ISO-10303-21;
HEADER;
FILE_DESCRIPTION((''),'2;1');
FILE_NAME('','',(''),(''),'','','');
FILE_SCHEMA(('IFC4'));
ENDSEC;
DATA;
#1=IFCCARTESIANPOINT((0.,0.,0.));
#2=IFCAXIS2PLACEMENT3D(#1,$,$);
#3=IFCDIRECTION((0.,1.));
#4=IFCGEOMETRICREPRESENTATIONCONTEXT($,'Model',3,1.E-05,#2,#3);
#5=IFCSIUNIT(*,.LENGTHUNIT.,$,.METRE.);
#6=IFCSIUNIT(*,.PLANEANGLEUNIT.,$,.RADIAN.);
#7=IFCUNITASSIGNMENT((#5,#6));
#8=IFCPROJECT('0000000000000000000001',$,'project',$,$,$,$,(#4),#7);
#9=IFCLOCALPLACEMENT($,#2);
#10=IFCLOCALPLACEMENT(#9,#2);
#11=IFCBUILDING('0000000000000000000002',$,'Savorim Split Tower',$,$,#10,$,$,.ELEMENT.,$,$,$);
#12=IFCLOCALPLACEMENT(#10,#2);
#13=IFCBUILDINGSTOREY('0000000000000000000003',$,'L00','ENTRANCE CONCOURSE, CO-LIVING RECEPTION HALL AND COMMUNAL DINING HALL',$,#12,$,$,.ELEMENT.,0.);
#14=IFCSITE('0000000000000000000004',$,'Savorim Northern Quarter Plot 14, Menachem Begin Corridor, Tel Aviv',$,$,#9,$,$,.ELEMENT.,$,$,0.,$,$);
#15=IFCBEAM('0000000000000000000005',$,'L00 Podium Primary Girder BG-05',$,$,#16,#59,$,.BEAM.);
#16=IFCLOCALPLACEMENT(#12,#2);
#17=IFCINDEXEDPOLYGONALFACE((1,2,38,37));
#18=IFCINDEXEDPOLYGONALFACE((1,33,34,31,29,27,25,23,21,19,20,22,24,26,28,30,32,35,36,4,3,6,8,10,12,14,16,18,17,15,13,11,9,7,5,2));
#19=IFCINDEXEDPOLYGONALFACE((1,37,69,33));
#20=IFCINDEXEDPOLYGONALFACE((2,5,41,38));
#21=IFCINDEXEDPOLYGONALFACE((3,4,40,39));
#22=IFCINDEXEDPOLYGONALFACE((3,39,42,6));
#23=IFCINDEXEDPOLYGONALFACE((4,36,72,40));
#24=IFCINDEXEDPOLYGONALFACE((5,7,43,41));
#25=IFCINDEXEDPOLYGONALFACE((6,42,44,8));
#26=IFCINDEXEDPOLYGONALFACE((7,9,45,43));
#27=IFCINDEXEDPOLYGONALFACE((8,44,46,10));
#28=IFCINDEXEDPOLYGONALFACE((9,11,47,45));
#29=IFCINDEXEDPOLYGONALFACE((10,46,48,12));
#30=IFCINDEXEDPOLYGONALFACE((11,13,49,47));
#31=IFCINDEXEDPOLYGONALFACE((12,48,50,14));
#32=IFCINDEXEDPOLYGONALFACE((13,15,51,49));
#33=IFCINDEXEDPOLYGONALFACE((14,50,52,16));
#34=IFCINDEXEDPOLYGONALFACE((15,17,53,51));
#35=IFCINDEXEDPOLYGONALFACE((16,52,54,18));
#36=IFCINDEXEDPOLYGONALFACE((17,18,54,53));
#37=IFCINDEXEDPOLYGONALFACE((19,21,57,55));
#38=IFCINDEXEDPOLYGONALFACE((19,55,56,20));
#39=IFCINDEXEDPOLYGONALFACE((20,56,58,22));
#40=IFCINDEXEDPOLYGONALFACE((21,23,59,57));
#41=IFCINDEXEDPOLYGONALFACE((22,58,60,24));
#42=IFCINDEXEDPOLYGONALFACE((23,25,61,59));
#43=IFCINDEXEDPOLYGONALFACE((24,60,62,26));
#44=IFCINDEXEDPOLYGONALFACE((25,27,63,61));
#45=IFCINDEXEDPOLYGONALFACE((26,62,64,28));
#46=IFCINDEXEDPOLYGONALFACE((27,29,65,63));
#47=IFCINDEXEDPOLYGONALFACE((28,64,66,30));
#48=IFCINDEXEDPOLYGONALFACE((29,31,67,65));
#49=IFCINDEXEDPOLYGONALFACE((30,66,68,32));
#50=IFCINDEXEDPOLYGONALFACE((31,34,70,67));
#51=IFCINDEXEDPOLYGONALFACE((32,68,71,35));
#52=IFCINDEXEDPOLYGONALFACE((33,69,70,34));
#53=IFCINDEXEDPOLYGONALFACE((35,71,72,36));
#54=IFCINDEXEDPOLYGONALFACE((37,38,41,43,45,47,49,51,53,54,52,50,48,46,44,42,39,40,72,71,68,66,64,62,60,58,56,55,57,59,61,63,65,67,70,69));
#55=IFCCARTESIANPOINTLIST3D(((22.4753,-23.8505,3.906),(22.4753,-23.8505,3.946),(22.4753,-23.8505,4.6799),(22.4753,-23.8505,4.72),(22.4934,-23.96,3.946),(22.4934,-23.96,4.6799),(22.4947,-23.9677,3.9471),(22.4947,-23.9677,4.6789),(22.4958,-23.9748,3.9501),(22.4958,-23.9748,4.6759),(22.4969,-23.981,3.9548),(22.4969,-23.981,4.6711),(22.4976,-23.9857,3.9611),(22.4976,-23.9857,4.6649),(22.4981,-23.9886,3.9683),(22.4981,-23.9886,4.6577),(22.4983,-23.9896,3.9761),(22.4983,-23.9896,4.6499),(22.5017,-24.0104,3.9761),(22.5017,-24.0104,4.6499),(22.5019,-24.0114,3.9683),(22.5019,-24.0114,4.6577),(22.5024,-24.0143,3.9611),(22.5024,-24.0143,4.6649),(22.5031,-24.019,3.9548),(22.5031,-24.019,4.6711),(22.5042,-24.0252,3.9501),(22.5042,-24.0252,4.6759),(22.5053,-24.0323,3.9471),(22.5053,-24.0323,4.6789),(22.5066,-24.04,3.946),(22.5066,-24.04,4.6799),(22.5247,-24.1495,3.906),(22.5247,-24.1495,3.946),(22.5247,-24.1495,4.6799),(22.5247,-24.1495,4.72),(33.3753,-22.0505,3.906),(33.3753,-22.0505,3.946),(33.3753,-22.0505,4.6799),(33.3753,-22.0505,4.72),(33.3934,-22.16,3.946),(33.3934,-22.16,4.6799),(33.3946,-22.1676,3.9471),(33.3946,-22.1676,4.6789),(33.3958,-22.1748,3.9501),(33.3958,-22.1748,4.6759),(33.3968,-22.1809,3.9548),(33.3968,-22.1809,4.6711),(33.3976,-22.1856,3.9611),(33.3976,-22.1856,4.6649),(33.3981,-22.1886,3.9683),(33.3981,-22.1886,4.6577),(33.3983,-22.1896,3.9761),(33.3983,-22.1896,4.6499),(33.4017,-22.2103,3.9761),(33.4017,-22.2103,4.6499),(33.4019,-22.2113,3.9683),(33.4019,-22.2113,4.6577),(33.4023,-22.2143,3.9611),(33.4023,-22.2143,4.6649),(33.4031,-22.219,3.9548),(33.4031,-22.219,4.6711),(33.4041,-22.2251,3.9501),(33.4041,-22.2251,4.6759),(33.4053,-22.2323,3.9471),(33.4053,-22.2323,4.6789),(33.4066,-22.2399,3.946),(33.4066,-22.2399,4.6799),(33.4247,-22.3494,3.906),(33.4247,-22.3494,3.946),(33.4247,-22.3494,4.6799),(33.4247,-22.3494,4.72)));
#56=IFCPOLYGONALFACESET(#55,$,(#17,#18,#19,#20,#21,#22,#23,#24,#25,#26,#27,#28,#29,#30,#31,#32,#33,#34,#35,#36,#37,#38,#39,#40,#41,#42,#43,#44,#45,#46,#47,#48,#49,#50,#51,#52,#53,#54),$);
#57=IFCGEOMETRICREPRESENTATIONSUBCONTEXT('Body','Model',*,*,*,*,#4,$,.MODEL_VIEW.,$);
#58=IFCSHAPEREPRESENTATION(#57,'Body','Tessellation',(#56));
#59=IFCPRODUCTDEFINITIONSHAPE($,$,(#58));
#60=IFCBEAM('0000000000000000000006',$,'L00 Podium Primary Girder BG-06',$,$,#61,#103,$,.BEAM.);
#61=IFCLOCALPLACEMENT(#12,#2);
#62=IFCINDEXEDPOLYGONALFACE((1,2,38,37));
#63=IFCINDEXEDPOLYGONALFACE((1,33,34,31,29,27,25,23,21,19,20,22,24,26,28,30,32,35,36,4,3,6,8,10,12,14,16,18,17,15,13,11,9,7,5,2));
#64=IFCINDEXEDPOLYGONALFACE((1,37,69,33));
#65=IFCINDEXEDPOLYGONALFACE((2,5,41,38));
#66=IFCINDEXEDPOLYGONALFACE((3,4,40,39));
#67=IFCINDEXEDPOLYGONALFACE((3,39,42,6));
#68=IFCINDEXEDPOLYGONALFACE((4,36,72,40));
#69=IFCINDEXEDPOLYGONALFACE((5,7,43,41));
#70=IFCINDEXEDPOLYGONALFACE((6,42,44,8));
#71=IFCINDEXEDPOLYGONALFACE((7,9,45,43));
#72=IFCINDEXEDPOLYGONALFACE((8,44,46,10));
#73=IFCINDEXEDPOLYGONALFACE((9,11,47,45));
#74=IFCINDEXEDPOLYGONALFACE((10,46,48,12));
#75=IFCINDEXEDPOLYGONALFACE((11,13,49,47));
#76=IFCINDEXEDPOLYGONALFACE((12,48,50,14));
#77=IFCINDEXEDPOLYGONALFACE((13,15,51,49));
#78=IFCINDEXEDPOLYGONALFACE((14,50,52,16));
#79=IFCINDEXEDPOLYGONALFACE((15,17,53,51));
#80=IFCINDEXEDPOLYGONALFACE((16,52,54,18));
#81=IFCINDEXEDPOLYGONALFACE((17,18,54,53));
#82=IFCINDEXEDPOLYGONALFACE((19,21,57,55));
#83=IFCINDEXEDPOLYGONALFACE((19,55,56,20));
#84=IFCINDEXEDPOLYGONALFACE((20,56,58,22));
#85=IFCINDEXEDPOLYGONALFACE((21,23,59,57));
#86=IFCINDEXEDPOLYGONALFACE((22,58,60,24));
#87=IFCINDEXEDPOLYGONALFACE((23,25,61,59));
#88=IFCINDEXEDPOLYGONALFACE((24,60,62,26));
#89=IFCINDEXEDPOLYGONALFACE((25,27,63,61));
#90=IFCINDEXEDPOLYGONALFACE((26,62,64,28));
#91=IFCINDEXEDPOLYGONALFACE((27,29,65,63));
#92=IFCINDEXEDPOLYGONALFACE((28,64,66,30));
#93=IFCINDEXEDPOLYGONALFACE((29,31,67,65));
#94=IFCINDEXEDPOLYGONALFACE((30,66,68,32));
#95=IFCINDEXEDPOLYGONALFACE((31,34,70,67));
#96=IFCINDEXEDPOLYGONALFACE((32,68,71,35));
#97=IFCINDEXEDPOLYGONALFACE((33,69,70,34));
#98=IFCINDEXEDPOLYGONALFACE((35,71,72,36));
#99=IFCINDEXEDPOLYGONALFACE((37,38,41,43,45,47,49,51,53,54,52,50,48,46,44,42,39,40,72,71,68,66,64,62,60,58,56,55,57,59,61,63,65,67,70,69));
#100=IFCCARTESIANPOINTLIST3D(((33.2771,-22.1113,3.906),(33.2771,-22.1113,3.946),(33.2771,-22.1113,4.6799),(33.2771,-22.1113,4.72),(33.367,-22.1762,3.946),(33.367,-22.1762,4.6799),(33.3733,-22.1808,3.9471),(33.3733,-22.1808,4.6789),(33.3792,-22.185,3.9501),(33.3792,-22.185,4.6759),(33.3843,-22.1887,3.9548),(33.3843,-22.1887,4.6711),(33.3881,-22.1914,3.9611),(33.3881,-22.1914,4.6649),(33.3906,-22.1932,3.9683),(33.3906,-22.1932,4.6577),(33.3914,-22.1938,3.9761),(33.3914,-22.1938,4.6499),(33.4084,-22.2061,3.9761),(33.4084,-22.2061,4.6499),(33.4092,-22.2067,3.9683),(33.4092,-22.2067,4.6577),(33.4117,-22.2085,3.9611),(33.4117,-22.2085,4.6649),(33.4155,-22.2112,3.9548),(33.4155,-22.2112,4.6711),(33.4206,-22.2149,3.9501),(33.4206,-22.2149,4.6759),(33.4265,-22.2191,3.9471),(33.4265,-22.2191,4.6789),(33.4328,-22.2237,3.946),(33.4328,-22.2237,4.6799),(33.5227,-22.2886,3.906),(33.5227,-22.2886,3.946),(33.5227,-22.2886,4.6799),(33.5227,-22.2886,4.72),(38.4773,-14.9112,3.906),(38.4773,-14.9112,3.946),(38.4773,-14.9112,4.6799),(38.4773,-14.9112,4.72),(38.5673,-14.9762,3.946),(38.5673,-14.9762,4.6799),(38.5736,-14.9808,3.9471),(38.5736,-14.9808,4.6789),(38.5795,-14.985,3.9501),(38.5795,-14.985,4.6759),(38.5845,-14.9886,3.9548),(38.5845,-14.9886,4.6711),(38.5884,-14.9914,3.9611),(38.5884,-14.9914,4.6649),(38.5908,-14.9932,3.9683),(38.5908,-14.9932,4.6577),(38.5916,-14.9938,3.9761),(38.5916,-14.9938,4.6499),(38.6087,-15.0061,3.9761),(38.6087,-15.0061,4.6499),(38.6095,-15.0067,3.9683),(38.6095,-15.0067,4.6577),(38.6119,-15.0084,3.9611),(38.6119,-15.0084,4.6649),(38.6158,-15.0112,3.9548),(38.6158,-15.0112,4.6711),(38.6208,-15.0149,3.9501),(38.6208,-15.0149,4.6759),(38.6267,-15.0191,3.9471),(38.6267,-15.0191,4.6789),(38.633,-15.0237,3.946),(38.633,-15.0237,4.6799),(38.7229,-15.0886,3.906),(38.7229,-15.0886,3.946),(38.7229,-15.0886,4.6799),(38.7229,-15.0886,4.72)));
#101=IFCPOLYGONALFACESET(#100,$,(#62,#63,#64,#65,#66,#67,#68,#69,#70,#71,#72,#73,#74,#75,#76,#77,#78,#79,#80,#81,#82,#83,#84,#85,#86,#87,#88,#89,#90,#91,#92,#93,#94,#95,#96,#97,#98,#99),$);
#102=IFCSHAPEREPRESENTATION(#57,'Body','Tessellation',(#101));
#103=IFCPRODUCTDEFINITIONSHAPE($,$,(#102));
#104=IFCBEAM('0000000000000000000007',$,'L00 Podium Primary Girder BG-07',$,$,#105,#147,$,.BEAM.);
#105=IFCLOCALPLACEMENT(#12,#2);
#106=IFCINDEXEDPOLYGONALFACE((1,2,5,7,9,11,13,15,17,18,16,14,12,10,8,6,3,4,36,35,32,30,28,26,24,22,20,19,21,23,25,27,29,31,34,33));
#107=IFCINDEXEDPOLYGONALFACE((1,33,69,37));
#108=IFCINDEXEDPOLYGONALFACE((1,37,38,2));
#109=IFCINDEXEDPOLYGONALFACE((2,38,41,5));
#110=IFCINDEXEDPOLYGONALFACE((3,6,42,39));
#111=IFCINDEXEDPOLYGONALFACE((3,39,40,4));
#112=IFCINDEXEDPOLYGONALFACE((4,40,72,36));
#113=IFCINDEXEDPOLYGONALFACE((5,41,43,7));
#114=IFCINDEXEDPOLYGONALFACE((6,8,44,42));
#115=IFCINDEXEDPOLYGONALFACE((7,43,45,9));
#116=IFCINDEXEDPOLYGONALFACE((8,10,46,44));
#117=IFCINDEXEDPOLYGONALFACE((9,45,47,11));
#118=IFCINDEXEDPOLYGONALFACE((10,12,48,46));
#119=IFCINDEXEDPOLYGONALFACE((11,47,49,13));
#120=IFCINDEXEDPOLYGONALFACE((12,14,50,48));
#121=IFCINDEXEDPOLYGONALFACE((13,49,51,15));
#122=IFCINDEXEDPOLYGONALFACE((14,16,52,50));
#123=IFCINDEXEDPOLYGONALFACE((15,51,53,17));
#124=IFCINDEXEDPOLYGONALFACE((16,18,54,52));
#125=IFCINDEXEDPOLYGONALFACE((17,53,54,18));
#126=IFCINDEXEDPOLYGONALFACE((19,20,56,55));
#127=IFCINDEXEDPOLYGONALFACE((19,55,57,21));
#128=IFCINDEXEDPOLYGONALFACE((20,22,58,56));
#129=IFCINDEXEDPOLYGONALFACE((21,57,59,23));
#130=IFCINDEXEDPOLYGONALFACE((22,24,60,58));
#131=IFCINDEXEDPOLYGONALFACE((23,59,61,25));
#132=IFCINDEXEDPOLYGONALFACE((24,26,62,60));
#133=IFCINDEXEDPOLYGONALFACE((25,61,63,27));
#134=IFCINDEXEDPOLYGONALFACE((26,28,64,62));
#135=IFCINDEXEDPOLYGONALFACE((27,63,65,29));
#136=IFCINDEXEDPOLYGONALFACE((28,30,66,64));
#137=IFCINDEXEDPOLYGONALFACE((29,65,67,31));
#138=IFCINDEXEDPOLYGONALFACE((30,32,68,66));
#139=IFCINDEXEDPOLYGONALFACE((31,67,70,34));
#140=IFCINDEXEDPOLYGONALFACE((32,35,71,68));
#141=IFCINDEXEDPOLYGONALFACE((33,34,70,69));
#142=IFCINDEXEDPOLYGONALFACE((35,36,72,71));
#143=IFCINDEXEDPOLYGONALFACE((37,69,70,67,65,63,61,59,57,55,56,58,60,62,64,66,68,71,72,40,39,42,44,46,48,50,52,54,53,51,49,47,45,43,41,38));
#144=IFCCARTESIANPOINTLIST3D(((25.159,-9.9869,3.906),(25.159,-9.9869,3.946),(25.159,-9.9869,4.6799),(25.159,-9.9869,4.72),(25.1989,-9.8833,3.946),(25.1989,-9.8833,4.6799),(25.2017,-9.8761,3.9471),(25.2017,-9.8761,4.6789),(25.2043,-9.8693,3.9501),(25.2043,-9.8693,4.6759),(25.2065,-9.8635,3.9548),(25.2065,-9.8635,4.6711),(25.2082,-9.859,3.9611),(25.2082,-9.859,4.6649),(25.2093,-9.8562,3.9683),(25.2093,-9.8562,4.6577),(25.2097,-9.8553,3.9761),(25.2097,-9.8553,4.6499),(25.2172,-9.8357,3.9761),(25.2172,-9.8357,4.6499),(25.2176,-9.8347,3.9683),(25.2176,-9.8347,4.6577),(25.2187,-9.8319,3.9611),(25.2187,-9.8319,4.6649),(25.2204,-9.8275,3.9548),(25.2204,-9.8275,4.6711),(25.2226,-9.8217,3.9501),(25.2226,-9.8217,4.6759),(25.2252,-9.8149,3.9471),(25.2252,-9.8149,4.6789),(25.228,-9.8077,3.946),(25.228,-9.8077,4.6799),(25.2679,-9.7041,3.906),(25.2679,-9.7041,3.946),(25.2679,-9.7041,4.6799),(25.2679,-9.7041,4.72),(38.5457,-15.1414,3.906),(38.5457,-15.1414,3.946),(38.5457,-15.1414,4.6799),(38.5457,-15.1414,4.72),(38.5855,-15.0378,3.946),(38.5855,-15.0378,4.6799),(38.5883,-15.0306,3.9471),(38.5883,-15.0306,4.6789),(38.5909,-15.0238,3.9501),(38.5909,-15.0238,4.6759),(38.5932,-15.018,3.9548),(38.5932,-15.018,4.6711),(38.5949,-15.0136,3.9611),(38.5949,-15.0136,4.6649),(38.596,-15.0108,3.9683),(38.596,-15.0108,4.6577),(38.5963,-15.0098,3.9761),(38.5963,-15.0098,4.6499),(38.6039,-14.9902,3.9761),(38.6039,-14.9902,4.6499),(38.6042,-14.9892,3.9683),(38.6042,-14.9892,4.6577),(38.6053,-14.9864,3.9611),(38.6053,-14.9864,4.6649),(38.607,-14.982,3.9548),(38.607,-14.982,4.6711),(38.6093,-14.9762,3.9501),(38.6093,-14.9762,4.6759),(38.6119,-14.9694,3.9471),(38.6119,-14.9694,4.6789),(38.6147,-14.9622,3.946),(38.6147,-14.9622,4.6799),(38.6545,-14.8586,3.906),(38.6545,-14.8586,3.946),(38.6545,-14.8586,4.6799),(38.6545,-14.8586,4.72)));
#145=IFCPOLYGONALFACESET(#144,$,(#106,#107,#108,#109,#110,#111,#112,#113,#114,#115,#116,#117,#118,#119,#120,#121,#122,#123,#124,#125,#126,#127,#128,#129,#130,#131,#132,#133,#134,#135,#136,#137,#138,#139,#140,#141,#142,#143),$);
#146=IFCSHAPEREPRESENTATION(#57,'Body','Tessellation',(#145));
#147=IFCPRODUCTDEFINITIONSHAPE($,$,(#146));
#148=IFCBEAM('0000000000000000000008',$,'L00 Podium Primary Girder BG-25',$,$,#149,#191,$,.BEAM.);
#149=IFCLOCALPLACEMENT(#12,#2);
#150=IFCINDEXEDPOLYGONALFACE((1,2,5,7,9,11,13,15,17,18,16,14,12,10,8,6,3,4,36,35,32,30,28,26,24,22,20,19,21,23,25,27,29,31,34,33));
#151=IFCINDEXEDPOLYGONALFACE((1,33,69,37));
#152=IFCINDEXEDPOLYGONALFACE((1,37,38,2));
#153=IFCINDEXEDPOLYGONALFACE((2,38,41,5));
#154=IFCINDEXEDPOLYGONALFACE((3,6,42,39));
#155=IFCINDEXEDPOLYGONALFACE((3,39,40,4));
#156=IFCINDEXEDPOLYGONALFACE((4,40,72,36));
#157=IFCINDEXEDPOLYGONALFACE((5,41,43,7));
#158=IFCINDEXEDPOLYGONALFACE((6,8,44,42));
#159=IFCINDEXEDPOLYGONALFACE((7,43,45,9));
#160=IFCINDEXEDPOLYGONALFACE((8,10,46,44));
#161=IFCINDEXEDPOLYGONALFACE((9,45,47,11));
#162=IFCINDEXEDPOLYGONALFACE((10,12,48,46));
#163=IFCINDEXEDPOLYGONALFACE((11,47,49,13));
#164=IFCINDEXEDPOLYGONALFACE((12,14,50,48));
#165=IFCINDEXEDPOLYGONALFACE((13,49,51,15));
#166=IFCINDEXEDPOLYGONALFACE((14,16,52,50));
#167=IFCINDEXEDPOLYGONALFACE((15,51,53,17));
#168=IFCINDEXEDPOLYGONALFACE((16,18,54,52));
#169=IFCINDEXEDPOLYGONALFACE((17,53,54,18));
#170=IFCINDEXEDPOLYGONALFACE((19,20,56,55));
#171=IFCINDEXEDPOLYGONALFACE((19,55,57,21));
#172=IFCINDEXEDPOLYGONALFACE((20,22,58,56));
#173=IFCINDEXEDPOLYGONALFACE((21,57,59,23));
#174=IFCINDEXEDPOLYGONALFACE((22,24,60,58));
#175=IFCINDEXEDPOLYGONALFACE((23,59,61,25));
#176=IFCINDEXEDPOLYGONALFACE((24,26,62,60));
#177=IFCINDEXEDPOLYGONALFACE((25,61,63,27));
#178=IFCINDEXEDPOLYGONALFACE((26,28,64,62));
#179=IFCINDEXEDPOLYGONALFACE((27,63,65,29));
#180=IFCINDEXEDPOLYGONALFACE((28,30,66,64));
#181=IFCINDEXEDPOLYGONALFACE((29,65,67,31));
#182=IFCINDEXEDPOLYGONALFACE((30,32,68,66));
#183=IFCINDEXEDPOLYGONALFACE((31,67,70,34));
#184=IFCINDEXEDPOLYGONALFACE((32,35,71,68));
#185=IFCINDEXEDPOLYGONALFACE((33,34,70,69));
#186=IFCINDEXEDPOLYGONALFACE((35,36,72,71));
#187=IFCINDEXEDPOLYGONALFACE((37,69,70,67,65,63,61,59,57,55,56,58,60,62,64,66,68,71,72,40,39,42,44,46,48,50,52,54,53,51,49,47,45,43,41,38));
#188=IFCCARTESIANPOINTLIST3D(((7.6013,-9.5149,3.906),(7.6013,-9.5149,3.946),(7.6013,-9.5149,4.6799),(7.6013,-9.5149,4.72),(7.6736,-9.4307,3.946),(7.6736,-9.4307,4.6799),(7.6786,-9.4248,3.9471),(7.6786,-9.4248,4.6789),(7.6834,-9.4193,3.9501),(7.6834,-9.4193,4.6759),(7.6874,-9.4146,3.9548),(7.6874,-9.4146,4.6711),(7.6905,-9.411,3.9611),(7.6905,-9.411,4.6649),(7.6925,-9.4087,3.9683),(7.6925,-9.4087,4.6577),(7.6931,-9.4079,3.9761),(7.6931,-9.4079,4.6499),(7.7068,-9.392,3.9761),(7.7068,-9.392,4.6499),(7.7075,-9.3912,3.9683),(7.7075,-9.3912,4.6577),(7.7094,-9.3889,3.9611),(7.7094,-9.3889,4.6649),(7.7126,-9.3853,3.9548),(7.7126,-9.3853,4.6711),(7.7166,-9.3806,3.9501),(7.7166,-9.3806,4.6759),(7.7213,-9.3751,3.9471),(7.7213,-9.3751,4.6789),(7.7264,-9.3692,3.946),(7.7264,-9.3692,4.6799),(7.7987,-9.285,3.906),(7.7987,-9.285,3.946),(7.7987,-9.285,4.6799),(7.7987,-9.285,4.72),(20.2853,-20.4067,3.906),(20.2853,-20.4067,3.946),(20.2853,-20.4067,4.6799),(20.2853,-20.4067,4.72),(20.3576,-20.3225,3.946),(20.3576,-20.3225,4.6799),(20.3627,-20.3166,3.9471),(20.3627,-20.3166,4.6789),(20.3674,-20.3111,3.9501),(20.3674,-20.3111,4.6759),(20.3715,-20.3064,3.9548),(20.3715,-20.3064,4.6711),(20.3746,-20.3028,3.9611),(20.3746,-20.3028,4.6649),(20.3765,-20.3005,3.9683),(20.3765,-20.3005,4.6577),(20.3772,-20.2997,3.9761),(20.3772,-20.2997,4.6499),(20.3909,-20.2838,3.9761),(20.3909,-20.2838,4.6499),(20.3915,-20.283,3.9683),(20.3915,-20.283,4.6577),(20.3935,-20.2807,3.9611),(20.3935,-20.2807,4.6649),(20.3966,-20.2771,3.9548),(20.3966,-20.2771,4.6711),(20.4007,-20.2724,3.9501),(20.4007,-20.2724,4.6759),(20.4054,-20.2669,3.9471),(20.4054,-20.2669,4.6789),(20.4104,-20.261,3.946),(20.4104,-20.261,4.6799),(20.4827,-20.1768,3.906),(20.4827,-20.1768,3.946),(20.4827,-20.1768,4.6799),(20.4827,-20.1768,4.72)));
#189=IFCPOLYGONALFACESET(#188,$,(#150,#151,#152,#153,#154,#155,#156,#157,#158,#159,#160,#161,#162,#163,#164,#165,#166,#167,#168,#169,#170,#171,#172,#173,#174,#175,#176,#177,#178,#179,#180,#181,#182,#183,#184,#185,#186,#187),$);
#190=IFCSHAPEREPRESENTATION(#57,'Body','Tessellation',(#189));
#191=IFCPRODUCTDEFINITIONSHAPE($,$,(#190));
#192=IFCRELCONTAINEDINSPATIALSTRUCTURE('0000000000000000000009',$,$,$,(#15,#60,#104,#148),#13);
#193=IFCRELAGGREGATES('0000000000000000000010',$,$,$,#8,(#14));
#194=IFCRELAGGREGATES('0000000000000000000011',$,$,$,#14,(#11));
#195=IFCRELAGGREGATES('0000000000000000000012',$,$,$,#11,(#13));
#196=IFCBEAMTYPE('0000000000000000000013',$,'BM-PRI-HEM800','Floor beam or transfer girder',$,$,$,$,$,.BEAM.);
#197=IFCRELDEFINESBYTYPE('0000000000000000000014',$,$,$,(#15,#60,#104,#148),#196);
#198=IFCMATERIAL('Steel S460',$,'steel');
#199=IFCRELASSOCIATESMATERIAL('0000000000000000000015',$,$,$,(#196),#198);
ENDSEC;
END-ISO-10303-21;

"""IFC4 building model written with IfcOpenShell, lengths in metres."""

from ifc_helpers import new_model, si_unit, direction, frame, origin, origin_2d, place, context, subcontext, project, spatial, i_section, extrude, material, material_profile, profile_set, type_object, element, save


model = new_model("IFC4")

# Units and contexts
model_context = context("Model", 3, precision=1e-05, world=origin(), true_north=direction((0.0, 1.0)))
body_context = subcontext(model_context, "Body", "Model", "MODEL_VIEW")
ifc_project = project(units=[si_unit("LENGTHUNIT", "METRE"), si_unit("PLANEANGLEUNIT", "RADIAN")], contexts=[model_context])

# Site, building, storey
site_placement = place(None, origin())
site = spatial("IfcSite", under=ifc_project, at=site_placement, Name="Savorim Northern Quarter Plot 14, Menachem Begin Corridor, Tel Aviv", CompositionType="ELEMENT", RefElevation=0.0)
building_placement = place(site_placement, origin())
building = spatial("IfcBuilding", under=site, at=building_placement, Name="Savorim Split Tower", CompositionType="ELEMENT")
storey_placement = place(building_placement, origin())
storey = spatial("IfcBuildingStorey", under=building, at=storey_placement, Name="L00", Description="ENTRANCE CONCOURSE, CO-LIVING RECEPTION HALL AND COMMUNAL DINING HALL", CompositionType="ELEMENT", Elevation=0.0)

# Beams
ifc_material_1 = material(Name="Steel S460", Category="steel")
ifc_material_profile_1 = material_profile(ifc_material_1, i_section(OverallWidth=0.303, OverallDepth=0.814, WebThickness=0.021, FlangeThickness=0.04, FilletRadius=0.03, at=origin_2d()), Name="HE 800 M")
ifc_profile_set_1 = profile_set([ifc_material_profile_1], Name="Steel S460")
beam_type_1 = type_object("IfcBeamType", Name="BM-PRI-HEM800", Description="Floor beam or transfer girder", PredefinedType="BEAM", material=ifc_profile_set_1)
beam_1_placement = place(storey_placement, frame((22.5, -24.0, 4.313), z_axis=(0.986637, 0.162937, 0.0), x_axis=(-0.162937, 0.986637, 0.0)))
element("IfcBeam", 1, at=beam_1_placement, inside=storey, type_object=beam_type_1, Name="L00 Podium Primary Girder BG-05", PredefinedType="BEAM", context=body_context, shape_type="SweptSolid", body=[
    extrude(i_section(OverallWidth=0.303, OverallDepth=0.814, WebThickness=0.021, FlangeThickness=0.04, FilletRadius=0.03, at=origin_2d()), origin(), (0.0, 0.0, 1.0), 11.0476),
])
beam_2_placement = place(storey_placement, frame((33.3999, -22.2, 4.313), z_axis=(0.585508, 0.810667, 0.0), x_axis=(-0.810667, 0.585508, 0.0)))
element("IfcBeam", 2, at=beam_2_placement, inside=storey, type_object=beam_type_1, Name="L00 Podium Primary Girder BG-06", PredefinedType="BEAM", context=body_context, shape_type="SweptSolid", body=[
    extrude(i_section(OverallWidth=0.303, OverallDepth=0.814, WebThickness=0.021, FlangeThickness=0.04, FilletRadius=0.03, at=origin_2d()), origin(), (0.0, 0.0, 1.0), 8.8816),
])
beam_3_placement = place(storey_placement, frame((38.6001, -15.0, 4.313), z_axis=(-0.93321, 0.359331, 0.0), x_axis=(-0.359331, -0.93321, 0.0)))
element("IfcBeam", 3, at=beam_3_placement, inside=storey, type_object=beam_type_1, Name="L00 Podium Primary Girder BG-07", PredefinedType="BEAM", context=body_context, shape_type="SweptSolid", body=[
    extrude(i_section(OverallWidth=0.303, OverallDepth=0.814, WebThickness=0.021, FlangeThickness=0.04, FilletRadius=0.03, at=origin_2d()), origin(), (0.0, 0.0, 1.0), 14.3447),
])
beam_4_placement = place(storey_placement, frame((20.384, -20.2917, 4.313), z_axis=(-0.758672, 0.651473, 0.0), x_axis=(-0.651473, -0.758672, 0.0)))
element("IfcBeam", 4, at=beam_4_placement, inside=storey, type_object=beam_type_1, Name="L00 Podium Primary Girder BG-25", PredefinedType="BEAM", context=body_context, shape_type="SweptSolid", body=[
    extrude(i_section(OverallWidth=0.303, OverallDepth=0.814, WebThickness=0.021, FlangeThickness=0.04, FilletRadius=0.03, at=origin_2d()), origin(), (0.0, 0.0, 1.0), 16.7188),
])

save(model, "model.ifc")
